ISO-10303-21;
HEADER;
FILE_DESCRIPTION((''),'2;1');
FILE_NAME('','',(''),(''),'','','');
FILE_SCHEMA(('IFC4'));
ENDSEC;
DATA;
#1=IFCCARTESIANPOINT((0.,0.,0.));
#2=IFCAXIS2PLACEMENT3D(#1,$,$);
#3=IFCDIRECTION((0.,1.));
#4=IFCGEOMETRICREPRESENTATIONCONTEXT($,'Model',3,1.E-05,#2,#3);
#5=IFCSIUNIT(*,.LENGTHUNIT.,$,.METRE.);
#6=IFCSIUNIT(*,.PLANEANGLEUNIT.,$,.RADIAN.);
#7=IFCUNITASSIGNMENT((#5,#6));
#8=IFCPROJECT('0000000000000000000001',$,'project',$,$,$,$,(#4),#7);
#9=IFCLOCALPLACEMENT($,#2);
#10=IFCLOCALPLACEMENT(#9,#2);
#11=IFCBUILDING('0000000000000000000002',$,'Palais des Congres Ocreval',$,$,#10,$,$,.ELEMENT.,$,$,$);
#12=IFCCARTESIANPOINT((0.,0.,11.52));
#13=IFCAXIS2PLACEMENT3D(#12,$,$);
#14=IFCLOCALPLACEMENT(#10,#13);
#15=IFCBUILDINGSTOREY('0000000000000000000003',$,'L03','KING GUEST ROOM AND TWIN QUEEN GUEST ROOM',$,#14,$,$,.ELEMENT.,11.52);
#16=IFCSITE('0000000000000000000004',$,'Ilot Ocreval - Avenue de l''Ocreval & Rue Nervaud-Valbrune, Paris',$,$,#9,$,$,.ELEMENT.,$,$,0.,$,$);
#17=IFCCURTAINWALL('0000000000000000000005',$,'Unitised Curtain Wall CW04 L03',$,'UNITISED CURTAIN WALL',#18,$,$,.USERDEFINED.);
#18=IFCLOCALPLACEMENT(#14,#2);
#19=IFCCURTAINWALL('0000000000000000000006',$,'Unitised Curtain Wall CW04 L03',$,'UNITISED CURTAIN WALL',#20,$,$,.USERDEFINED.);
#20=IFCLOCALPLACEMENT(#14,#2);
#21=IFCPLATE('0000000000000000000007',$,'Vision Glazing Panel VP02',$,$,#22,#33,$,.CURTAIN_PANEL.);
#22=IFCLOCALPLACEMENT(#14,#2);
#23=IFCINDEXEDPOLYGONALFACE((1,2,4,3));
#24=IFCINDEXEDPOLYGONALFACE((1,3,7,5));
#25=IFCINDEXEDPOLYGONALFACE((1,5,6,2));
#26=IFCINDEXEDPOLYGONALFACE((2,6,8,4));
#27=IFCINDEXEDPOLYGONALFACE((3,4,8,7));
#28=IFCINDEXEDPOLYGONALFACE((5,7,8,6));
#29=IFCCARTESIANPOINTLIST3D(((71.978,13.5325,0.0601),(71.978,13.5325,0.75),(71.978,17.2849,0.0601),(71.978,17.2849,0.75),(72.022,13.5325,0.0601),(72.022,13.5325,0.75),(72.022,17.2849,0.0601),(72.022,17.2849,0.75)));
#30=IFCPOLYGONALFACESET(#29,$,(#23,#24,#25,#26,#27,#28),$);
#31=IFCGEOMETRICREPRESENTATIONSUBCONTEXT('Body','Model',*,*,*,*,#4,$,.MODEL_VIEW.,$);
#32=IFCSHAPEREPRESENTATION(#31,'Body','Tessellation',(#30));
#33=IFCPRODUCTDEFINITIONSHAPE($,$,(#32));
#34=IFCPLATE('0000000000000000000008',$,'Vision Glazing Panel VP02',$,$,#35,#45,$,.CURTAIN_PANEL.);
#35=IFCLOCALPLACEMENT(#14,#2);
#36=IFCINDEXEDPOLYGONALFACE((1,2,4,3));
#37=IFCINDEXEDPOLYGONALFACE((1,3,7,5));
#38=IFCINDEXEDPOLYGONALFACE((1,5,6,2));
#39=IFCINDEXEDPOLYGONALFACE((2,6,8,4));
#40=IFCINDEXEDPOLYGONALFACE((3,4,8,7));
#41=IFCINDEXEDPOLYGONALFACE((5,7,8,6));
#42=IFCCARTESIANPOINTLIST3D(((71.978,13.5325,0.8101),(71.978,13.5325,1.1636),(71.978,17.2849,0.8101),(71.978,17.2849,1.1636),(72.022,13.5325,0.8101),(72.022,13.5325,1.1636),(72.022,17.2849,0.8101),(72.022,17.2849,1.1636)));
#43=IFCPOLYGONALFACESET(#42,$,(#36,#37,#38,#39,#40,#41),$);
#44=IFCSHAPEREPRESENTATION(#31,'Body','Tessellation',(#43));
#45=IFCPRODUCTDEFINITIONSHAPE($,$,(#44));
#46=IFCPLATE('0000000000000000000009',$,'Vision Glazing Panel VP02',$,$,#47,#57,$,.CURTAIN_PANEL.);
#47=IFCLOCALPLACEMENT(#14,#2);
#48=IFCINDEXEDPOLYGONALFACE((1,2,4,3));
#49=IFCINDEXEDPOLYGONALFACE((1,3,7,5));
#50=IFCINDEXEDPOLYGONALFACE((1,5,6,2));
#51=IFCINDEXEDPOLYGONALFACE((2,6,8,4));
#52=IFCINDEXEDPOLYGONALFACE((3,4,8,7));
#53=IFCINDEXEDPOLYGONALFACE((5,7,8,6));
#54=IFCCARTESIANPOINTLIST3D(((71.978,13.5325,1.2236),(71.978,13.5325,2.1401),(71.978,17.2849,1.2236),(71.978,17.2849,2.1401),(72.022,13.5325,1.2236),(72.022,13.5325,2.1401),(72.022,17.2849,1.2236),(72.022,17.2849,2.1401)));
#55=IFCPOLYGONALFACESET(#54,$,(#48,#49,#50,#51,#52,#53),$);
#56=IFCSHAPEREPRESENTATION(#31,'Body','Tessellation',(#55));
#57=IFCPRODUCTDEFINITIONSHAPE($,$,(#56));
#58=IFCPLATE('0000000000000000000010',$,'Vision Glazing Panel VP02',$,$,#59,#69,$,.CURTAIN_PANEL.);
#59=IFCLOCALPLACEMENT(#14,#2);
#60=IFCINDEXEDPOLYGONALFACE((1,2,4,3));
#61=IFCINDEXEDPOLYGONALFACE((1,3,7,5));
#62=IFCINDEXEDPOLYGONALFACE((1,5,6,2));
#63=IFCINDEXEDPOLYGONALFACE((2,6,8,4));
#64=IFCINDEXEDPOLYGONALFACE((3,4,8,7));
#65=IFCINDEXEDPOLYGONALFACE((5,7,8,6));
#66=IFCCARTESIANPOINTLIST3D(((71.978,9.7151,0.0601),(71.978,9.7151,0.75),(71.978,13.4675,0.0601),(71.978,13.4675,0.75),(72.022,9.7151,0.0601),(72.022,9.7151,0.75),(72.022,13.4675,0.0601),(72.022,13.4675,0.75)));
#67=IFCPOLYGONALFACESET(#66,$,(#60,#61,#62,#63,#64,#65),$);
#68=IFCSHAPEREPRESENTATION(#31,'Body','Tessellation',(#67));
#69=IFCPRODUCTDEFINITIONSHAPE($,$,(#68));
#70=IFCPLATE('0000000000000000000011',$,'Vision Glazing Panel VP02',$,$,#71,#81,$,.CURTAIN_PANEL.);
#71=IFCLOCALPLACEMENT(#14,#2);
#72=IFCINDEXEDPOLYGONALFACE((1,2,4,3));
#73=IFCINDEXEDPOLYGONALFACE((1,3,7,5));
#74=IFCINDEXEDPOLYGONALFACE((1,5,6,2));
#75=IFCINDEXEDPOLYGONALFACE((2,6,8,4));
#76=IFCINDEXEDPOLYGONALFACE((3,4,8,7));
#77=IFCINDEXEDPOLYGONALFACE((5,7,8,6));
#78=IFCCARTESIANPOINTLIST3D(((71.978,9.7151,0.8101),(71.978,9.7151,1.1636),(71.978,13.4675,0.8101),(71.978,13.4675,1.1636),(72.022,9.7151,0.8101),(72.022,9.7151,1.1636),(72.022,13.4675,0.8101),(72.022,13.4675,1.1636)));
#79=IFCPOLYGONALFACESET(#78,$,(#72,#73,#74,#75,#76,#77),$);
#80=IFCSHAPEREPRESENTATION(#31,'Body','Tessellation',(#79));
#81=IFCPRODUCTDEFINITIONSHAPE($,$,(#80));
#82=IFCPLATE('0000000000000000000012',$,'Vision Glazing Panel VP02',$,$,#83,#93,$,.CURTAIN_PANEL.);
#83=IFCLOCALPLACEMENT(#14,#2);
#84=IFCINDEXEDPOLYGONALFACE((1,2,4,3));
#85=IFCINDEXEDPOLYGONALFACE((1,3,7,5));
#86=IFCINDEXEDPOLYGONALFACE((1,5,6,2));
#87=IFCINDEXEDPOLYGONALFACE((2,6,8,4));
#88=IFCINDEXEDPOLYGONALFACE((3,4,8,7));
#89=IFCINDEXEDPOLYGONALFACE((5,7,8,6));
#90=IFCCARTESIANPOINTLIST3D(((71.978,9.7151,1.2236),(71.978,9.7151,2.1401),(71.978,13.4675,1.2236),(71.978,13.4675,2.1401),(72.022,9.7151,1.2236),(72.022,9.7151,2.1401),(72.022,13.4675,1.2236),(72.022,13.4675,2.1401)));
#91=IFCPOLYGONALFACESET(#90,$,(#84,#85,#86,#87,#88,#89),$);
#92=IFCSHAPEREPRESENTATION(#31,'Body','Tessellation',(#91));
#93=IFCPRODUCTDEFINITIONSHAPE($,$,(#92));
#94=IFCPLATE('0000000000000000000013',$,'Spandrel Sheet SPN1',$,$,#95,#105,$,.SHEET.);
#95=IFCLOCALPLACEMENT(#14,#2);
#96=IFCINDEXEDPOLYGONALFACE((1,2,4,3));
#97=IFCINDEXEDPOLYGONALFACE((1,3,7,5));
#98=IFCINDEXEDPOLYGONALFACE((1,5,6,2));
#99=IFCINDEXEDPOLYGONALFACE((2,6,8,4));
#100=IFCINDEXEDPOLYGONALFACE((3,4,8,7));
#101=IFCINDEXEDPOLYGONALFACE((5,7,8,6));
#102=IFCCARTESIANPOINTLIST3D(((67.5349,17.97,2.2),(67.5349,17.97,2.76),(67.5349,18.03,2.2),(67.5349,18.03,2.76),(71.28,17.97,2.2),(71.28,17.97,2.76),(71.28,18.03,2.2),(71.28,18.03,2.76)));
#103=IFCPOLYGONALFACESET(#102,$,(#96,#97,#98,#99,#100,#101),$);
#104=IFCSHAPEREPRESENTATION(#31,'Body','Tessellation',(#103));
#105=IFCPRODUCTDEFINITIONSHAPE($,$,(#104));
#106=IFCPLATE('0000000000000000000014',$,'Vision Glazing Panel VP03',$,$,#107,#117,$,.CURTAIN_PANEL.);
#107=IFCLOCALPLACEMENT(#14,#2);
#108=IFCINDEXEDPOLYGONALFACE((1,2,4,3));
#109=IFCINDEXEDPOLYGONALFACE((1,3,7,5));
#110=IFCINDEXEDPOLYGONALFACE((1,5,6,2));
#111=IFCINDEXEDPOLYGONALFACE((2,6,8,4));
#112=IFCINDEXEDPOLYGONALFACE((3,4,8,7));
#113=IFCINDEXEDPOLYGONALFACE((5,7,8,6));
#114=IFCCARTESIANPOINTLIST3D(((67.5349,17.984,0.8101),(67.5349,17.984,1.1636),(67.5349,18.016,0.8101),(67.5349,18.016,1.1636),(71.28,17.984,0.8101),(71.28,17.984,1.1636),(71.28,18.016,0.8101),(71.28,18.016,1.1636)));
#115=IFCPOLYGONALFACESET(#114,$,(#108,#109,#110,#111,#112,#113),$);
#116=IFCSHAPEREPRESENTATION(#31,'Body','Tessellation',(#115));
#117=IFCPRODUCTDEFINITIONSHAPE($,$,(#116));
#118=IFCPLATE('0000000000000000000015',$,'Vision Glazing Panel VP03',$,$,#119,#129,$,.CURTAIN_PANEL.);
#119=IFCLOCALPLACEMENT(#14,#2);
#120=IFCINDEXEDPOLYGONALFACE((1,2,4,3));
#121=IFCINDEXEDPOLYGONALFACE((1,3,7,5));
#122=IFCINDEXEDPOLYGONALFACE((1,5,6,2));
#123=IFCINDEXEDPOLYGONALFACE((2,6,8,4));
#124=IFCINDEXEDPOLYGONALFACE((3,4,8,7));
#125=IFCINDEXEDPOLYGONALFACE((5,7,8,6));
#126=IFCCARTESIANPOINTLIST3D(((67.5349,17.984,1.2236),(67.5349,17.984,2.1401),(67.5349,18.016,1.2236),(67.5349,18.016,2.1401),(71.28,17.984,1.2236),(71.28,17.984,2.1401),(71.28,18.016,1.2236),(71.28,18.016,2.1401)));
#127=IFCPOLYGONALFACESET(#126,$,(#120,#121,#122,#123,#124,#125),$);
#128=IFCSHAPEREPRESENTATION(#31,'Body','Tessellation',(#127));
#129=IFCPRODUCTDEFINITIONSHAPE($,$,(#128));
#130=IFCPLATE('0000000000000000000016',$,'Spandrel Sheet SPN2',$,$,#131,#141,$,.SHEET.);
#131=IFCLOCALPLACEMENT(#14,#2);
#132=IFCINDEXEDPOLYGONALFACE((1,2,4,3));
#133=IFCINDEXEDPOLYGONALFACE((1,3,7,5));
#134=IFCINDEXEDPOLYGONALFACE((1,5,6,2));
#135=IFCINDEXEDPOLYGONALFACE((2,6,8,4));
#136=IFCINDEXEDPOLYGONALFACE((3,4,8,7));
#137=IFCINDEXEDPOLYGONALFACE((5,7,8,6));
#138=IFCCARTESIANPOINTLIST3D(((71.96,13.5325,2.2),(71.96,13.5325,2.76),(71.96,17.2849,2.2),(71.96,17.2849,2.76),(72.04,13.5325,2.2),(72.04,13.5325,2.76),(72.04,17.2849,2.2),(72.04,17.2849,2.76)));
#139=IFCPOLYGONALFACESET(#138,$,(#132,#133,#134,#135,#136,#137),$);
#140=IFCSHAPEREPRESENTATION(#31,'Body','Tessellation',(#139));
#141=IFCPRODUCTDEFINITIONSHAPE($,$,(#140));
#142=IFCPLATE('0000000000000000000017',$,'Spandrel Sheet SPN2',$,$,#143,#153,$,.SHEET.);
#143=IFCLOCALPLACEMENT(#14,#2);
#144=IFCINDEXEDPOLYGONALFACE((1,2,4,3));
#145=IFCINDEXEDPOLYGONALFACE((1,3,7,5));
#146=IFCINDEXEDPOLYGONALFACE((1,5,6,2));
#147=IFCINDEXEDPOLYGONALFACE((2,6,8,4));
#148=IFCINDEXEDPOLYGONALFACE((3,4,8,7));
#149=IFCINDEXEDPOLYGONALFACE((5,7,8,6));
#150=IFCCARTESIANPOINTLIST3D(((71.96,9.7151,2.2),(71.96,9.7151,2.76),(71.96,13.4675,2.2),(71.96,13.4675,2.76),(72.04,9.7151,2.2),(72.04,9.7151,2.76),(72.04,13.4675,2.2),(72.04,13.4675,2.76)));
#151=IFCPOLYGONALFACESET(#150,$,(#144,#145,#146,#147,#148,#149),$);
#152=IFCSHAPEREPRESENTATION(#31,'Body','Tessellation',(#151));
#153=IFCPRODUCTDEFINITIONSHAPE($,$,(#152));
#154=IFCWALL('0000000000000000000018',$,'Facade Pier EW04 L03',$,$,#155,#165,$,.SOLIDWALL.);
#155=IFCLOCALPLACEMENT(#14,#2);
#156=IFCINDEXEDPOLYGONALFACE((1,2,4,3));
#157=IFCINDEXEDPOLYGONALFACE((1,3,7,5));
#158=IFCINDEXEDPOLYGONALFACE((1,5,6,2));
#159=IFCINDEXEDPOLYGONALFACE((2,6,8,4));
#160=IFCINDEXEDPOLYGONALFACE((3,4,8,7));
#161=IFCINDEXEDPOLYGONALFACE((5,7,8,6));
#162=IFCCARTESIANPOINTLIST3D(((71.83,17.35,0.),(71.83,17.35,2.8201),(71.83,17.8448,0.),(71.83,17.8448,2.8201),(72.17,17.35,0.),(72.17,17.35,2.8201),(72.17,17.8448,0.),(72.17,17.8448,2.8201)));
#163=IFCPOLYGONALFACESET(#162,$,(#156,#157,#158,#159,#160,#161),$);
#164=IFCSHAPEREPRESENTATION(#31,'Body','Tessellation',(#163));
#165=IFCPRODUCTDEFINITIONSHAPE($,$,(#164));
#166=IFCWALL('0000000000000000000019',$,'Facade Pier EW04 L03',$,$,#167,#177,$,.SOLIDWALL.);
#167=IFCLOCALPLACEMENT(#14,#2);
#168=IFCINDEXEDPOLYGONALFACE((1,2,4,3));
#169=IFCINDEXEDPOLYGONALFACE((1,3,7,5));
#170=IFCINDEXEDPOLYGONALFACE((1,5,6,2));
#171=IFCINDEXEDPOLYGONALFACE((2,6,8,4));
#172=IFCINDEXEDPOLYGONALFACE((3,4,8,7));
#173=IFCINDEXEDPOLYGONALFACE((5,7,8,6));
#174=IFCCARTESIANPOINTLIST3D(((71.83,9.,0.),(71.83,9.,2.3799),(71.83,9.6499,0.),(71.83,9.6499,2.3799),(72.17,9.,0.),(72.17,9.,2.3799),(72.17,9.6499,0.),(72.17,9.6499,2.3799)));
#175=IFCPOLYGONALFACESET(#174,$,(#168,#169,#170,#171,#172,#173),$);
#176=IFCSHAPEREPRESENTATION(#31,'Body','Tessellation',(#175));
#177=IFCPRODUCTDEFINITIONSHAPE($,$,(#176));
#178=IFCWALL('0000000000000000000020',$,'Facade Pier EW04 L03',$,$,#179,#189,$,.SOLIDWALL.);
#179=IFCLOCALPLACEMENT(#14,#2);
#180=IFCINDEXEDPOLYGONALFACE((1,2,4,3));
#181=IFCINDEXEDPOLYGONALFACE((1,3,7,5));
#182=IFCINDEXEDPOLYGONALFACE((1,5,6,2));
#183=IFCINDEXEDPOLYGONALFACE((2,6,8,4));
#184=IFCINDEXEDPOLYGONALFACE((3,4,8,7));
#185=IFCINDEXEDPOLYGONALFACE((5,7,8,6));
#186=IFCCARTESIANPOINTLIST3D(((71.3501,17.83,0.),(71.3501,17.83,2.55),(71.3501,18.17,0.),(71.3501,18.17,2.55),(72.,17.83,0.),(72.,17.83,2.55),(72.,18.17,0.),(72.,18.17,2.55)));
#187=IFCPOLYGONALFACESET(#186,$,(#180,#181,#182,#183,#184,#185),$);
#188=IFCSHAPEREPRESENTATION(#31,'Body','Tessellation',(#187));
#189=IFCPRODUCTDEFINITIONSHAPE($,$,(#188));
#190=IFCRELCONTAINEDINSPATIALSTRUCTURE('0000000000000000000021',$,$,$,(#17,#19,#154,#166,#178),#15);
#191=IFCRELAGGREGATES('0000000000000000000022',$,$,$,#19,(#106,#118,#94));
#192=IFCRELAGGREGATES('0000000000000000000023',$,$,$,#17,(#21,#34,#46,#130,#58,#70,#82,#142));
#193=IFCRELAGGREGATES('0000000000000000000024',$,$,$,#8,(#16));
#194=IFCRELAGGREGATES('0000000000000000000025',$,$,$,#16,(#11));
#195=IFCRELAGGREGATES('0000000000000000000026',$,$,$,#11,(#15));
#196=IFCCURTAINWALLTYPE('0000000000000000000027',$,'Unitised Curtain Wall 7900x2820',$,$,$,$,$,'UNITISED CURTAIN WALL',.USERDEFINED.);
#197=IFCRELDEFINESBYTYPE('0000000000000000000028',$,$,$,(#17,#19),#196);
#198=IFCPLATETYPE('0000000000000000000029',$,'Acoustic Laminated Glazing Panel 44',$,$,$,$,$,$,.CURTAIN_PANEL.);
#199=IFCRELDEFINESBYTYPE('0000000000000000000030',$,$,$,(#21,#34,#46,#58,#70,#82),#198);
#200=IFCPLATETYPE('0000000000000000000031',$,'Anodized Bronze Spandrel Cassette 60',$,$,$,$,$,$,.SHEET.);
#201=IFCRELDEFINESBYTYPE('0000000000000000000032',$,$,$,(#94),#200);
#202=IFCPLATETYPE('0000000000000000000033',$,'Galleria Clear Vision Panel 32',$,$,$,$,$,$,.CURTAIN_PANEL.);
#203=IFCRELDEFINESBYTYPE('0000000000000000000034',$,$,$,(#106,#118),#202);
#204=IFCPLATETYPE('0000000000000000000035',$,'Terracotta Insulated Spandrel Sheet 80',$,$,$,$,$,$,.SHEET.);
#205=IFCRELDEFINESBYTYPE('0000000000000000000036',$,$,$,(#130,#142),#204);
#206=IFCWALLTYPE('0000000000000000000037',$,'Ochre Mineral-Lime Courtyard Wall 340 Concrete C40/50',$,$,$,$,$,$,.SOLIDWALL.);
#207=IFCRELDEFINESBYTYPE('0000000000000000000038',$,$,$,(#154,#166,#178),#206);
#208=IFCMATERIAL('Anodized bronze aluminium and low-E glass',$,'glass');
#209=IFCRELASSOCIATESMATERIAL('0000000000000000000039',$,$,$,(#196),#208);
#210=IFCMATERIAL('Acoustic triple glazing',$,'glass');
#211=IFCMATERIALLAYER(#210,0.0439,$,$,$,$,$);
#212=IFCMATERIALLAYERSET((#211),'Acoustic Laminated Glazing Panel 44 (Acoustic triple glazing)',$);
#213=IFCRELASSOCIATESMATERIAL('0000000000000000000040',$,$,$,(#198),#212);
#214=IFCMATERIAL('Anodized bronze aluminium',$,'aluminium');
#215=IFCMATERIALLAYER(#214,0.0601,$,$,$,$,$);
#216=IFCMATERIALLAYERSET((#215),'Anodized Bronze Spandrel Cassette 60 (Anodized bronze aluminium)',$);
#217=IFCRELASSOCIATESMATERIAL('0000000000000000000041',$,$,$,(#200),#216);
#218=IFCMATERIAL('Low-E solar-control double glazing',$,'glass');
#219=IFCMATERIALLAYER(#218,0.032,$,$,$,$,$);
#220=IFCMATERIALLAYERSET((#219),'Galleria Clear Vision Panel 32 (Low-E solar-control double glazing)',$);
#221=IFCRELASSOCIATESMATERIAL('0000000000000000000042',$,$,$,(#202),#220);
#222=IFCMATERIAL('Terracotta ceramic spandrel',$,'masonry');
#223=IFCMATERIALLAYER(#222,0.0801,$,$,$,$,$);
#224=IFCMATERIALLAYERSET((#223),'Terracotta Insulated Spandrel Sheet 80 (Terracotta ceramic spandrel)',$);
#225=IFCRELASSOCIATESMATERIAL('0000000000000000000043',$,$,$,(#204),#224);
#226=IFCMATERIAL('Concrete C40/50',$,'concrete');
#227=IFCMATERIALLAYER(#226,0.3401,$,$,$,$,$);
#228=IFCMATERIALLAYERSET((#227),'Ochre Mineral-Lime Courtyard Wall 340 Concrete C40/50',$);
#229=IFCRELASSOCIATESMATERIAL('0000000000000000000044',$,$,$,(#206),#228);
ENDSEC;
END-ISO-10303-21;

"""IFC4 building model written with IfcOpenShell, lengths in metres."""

from ifc_helpers import new_model, si_unit, direction, frame, frame_2d, origin, origin_2d, place, context, subcontext, project, spatial, rectangle, extrude, material, layer, layer_set, type_object, element, aggregate, save


model = new_model("IFC4")

# Units and contexts
model_context = context("Model", 3, precision=1e-05, world=origin(), true_north=direction((0.0, 1.0)))
body_context = subcontext(model_context, "Body", "Model", "MODEL_VIEW")
ifc_project = project(units=[si_unit("LENGTHUNIT", "METRE"), si_unit("PLANEANGLEUNIT", "RADIAN")], contexts=[model_context])

# Site, building, storey
site_placement = place(None, origin())
site = spatial("IfcSite", under=ifc_project, at=site_placement, Name="Ilot Ocreval - Avenue de l'Ocreval & Rue Nervaud-Valbrune, Paris", CompositionType="ELEMENT", RefElevation=0.0)
building_placement = place(site_placement, origin())
building = spatial("IfcBuilding", under=site, at=building_placement, Name="Palais des Congres Ocreval", CompositionType="ELEMENT")
storey_placement = place(building_placement, frame((0.0, 0.0, 11.52)))
storey = spatial("IfcBuildingStorey", under=building, at=storey_placement, Name="L03", Description="KING GUEST ROOM AND TWIN QUEEN GUEST ROOM", CompositionType="ELEMENT", Elevation=11.52)

# Curtain wall
ifc_material_1 = material(Name="Anodized bronze aluminium and low-E glass", Category="glass")
curtain_wall_type = type_object("IfcCurtainWallType", Name="Unitised Curtain Wall 7900x2820", ElementType="UNITISED CURTAIN WALL", PredefinedType="USERDEFINED", material=ifc_material_1)
curtain_wall_1_placement = place(storey_placement, origin())
curtain_wall_1 = element("IfcCurtainWall", 1, at=curtain_wall_1_placement, inside=storey, type_object=curtain_wall_type, Name="Unitised Curtain Wall CW04 L03", ObjectType="UNITISED CURTAIN WALL", PredefinedType="USERDEFINED")
ifc_material_2 = material(Name="Anodized bronze aluminium", Category="aluminium")

# Curtain wall
curtain_wall_2_placement = place(storey_placement, origin())
curtain_wall_2 = element("IfcCurtainWall", 2, at=curtain_wall_2_placement, inside=storey, type_object=curtain_wall_type, Name="Unitised Curtain Wall CW04 L03", ObjectType="UNITISED CURTAIN WALL", PredefinedType="USERDEFINED")

# Plates
ifc_material_3 = material(Name="Acoustic triple glazing", Category="glass")
ifc_layer_1 = layer(ifc_material_3, 0.0439)
ifc_layer_set_1 = layer_set([ifc_layer_1], Name="Acoustic Laminated Glazing Panel 44 (Acoustic triple glazing)")
plate_type_1 = type_object("IfcPlateType", Name="Acoustic Laminated Glazing Panel 44", PredefinedType="CURTAIN_PANEL", material=ifc_layer_set_1)
plate_1_placement = place(storey_placement, frame((72.0, 15.4087, 0.0601), z_axis=(0.0, 0.0, 1.0), x_axis=(0.0, -1.0, 0.0)))
plate_1 = element("IfcPlate", 3, at=plate_1_placement, type_object=plate_type_1, Name="Vision Glazing Panel VP02", PredefinedType="CURTAIN_PANEL", context=body_context, shape_type="SweptSolid", body=[
    extrude(rectangle(XDim=3.7524, YDim=0.0439, at=origin_2d()), origin(), (0.0, 0.0, 1.0), 0.6899),
])
plate_2_placement = place(storey_placement, frame((72.0, 15.4087, 0.8101), z_axis=(0.0, 0.0, 1.0), x_axis=(0.0, -1.0, 0.0)))
plate_2 = element("IfcPlate", 4, at=plate_2_placement, type_object=plate_type_1, Name="Vision Glazing Panel VP02", PredefinedType="CURTAIN_PANEL", context=body_context, shape_type="SweptSolid", body=[
    extrude(rectangle(XDim=3.7524, YDim=0.0439, at=origin_2d()), origin(), (0.0, 0.0, 1.0), 0.3535),
])
plate_3_placement = place(storey_placement, frame((72.0, 15.4087, 1.2236), z_axis=(0.0, 0.0, 1.0), x_axis=(0.0, -1.0, 0.0)))
plate_3 = element("IfcPlate", 5, at=plate_3_placement, type_object=plate_type_1, Name="Vision Glazing Panel VP02", PredefinedType="CURTAIN_PANEL", context=body_context, shape_type="SweptSolid", body=[
    extrude(rectangle(XDim=3.7524, YDim=0.0439, at=origin_2d()), origin(), (0.0, 0.0, 1.0), 0.9165),
])
plate_4_placement = place(storey_placement, frame((72.0, 11.5913, 0.0601), z_axis=(0.0, 0.0, 1.0), x_axis=(0.0, -1.0, 0.0)))
plate_4 = element("IfcPlate", 6, at=plate_4_placement, type_object=plate_type_1, Name="Vision Glazing Panel VP02", PredefinedType="CURTAIN_PANEL", context=body_context, shape_type="SweptSolid", body=[
    extrude(rectangle(XDim=3.7524, YDim=0.0439, at=origin_2d()), origin(), (0.0, 0.0, 1.0), 0.6899),
])
plate_5_placement = place(storey_placement, frame((72.0, 11.5913, 0.8101), z_axis=(0.0, 0.0, 1.0), x_axis=(0.0, -1.0, 0.0)))
plate_5 = element("IfcPlate", 7, at=plate_5_placement, type_object=plate_type_1, Name="Vision Glazing Panel VP02", PredefinedType="CURTAIN_PANEL", context=body_context, shape_type="SweptSolid", body=[
    extrude(rectangle(XDim=3.7524, YDim=0.0439, at=origin_2d()), origin(), (0.0, 0.0, 1.0), 0.3535),
])
plate_6_placement = place(storey_placement, frame((72.0, 11.5913, 1.2236), z_axis=(0.0, 0.0, 1.0), x_axis=(0.0, -1.0, 0.0)))
plate_6 = element("IfcPlate", 8, at=plate_6_placement, type_object=plate_type_1, Name="Vision Glazing Panel VP02", PredefinedType="CURTAIN_PANEL", context=body_context, shape_type="SweptSolid", body=[
    extrude(rectangle(XDim=3.7524, YDim=0.0439, at=origin_2d()), origin(), (0.0, 0.0, 1.0), 0.9165),
])
ifc_layer_2 = layer(ifc_material_2, 0.0601)
ifc_layer_set_2 = layer_set([ifc_layer_2], Name="Anodized Bronze Spandrel Cassette 60 (Anodized bronze aluminium)")
plate_type_2 = type_object("IfcPlateType", Name="Anodized Bronze Spandrel Cassette 60", PredefinedType="SHEET", material=ifc_layer_set_2)
plate_7_placement = place(storey_placement, frame((69.4075, 18.0, 2.2), z_axis=(0.0, 0.0, 1.0), x_axis=(1.0, 0.0, 0.0)))
plate_7 = element("IfcPlate", 9, at=plate_7_placement, type_object=plate_type_2, Name="Spandrel Sheet SPN1", PredefinedType="SHEET", context=body_context, shape_type="SweptSolid", body=[
    extrude(rectangle(XDim=3.7451, YDim=0.0601, at=origin_2d()), origin(), (0.0, 0.0, 1.0), 0.5601),
])
ifc_material_4 = material(Name="Low-E solar-control double glazing", Category="glass")
ifc_layer_3 = layer(ifc_material_4, 0.032)
ifc_layer_set_3 = layer_set([ifc_layer_3], Name="Galleria Clear Vision Panel 32 (Low-E solar-control double glazing)")
plate_type_3 = type_object("IfcPlateType", Name="Galleria Clear Vision Panel 32", PredefinedType="CURTAIN_PANEL", material=ifc_layer_set_3)
plate_8_placement = place(storey_placement, frame((69.4075, 18.0, 0.8101), z_axis=(0.0, 0.0, 1.0), x_axis=(1.0, 0.0, 0.0)))
plate_8 = element("IfcPlate", 10, at=plate_8_placement, type_object=plate_type_3, Name="Vision Glazing Panel VP03", PredefinedType="CURTAIN_PANEL", context=body_context, shape_type="SweptSolid", body=[
    extrude(rectangle(XDim=3.7451, YDim=0.032, at=origin_2d()), origin(), (0.0, 0.0, 1.0), 0.3535),
])
plate_9_placement = place(storey_placement, frame((69.4075, 18.0, 1.2236), z_axis=(0.0, 0.0, 1.0), x_axis=(1.0, 0.0, 0.0)))
plate_9 = element("IfcPlate", 11, at=plate_9_placement, type_object=plate_type_3, Name="Vision Glazing Panel VP03", PredefinedType="CURTAIN_PANEL", context=body_context, shape_type="SweptSolid", body=[
    extrude(rectangle(XDim=3.7451, YDim=0.032, at=origin_2d()), origin(), (0.0, 0.0, 1.0), 0.9165),
])
aggregate(curtain_wall_2, [plate_8, plate_9, plate_7])
ifc_material_5 = material(Name="Terracotta ceramic spandrel", Category="masonry")
ifc_layer_4 = layer(ifc_material_5, 0.0801)
ifc_layer_set_4 = layer_set([ifc_layer_4], Name="Terracotta Insulated Spandrel Sheet 80 (Terracotta ceramic spandrel)")
plate_type_4 = type_object("IfcPlateType", Name="Terracotta Insulated Spandrel Sheet 80", PredefinedType="SHEET", material=ifc_layer_set_4)
plate_10_placement = place(storey_placement, frame((72.0, 15.4087, 2.2), z_axis=(0.0, 0.0, 1.0), x_axis=(0.0, -1.0, 0.0)))
plate_10 = element("IfcPlate", 12, at=plate_10_placement, type_object=plate_type_4, Name="Spandrel Sheet SPN2", PredefinedType="SHEET", context=body_context, shape_type="SweptSolid", body=[
    extrude(rectangle(XDim=3.7524, YDim=0.0801, at=origin_2d()), origin(), (0.0, 0.0, 1.0), 0.5601),
])
plate_11_placement = place(storey_placement, frame((72.0, 11.5913, 2.2), z_axis=(0.0, 0.0, 1.0), x_axis=(0.0, -1.0, 0.0)))
plate_11 = element("IfcPlate", 13, at=plate_11_placement, type_object=plate_type_4, Name="Spandrel Sheet SPN2", PredefinedType="SHEET", context=body_context, shape_type="SweptSolid", body=[
    extrude(rectangle(XDim=3.7524, YDim=0.0801, at=origin_2d()), origin(), (0.0, 0.0, 1.0), 0.5601),
])
aggregate(curtain_wall_1, [plate_1, plate_2, plate_3, plate_10, plate_4, plate_5, plate_6, plate_11])

# Walls
ifc_material_6 = material(Name="Concrete C40/50", Category="concrete")
ifc_layer_5 = layer(ifc_material_6, 0.3401)
ifc_layer_set_5 = layer_set([ifc_layer_5], Name="Ochre Mineral-Lime Courtyard Wall 340 Concrete C40/50")
wall_type_1 = type_object("IfcWallType", Name="Ochre Mineral-Lime Courtyard Wall 340 Concrete C40/50", PredefinedType="SOLIDWALL", material=ifc_layer_set_5)
wall_1_placement = place(storey_placement, frame((72.0, 17.845, 0.0), z_axis=(0.0, 0.0, 1.0), x_axis=(0.0, -1.0, 0.0)))
element("IfcWall", 14, at=wall_1_placement, inside=storey, type_object=wall_type_1, Name="Facade Pier EW04 L03", PredefinedType="SOLIDWALL", context=body_context, shape_type="SweptSolid", body=[
    extrude(rectangle(XDim=0.4949, YDim=0.3401, at=frame_2d((0.2476, 0.0))), origin(), (0.0, 0.0, 1.0), 2.8201),
])
wall_2_placement = place(storey_placement, frame((72.0, 9.6499, 0.0), z_axis=(0.0, 0.0, 1.0), x_axis=(0.0, -1.0, 0.0)))
element("IfcWall", 15, at=wall_2_placement, inside=storey, type_object=wall_type_1, Name="Facade Pier EW04 L03", PredefinedType="SOLIDWALL", context=body_context, shape_type="SweptSolid", body=[
    extrude(rectangle(XDim=0.6499, YDim=0.3401, at=frame_2d((0.325, 0.0))), origin(), (0.0, 0.0, 1.0), 2.3799),
])
wall_3_placement = place(storey_placement, frame((71.3501, 18.0, 0.0), z_axis=(0.0, 0.0, 1.0), x_axis=(1.0, 0.0, 0.0)))
element("IfcWall", 16, at=wall_3_placement, inside=storey, type_object=wall_type_1, Name="Facade Pier EW04 L03", PredefinedType="SOLIDWALL", context=body_context, shape_type="SweptSolid", body=[
    extrude(rectangle(XDim=0.6499, YDim=0.3401, at=frame_2d((0.325, 0.0))), origin(), (0.0, 0.0, 1.0), 2.55),
])

save(model, "model.ifc")
